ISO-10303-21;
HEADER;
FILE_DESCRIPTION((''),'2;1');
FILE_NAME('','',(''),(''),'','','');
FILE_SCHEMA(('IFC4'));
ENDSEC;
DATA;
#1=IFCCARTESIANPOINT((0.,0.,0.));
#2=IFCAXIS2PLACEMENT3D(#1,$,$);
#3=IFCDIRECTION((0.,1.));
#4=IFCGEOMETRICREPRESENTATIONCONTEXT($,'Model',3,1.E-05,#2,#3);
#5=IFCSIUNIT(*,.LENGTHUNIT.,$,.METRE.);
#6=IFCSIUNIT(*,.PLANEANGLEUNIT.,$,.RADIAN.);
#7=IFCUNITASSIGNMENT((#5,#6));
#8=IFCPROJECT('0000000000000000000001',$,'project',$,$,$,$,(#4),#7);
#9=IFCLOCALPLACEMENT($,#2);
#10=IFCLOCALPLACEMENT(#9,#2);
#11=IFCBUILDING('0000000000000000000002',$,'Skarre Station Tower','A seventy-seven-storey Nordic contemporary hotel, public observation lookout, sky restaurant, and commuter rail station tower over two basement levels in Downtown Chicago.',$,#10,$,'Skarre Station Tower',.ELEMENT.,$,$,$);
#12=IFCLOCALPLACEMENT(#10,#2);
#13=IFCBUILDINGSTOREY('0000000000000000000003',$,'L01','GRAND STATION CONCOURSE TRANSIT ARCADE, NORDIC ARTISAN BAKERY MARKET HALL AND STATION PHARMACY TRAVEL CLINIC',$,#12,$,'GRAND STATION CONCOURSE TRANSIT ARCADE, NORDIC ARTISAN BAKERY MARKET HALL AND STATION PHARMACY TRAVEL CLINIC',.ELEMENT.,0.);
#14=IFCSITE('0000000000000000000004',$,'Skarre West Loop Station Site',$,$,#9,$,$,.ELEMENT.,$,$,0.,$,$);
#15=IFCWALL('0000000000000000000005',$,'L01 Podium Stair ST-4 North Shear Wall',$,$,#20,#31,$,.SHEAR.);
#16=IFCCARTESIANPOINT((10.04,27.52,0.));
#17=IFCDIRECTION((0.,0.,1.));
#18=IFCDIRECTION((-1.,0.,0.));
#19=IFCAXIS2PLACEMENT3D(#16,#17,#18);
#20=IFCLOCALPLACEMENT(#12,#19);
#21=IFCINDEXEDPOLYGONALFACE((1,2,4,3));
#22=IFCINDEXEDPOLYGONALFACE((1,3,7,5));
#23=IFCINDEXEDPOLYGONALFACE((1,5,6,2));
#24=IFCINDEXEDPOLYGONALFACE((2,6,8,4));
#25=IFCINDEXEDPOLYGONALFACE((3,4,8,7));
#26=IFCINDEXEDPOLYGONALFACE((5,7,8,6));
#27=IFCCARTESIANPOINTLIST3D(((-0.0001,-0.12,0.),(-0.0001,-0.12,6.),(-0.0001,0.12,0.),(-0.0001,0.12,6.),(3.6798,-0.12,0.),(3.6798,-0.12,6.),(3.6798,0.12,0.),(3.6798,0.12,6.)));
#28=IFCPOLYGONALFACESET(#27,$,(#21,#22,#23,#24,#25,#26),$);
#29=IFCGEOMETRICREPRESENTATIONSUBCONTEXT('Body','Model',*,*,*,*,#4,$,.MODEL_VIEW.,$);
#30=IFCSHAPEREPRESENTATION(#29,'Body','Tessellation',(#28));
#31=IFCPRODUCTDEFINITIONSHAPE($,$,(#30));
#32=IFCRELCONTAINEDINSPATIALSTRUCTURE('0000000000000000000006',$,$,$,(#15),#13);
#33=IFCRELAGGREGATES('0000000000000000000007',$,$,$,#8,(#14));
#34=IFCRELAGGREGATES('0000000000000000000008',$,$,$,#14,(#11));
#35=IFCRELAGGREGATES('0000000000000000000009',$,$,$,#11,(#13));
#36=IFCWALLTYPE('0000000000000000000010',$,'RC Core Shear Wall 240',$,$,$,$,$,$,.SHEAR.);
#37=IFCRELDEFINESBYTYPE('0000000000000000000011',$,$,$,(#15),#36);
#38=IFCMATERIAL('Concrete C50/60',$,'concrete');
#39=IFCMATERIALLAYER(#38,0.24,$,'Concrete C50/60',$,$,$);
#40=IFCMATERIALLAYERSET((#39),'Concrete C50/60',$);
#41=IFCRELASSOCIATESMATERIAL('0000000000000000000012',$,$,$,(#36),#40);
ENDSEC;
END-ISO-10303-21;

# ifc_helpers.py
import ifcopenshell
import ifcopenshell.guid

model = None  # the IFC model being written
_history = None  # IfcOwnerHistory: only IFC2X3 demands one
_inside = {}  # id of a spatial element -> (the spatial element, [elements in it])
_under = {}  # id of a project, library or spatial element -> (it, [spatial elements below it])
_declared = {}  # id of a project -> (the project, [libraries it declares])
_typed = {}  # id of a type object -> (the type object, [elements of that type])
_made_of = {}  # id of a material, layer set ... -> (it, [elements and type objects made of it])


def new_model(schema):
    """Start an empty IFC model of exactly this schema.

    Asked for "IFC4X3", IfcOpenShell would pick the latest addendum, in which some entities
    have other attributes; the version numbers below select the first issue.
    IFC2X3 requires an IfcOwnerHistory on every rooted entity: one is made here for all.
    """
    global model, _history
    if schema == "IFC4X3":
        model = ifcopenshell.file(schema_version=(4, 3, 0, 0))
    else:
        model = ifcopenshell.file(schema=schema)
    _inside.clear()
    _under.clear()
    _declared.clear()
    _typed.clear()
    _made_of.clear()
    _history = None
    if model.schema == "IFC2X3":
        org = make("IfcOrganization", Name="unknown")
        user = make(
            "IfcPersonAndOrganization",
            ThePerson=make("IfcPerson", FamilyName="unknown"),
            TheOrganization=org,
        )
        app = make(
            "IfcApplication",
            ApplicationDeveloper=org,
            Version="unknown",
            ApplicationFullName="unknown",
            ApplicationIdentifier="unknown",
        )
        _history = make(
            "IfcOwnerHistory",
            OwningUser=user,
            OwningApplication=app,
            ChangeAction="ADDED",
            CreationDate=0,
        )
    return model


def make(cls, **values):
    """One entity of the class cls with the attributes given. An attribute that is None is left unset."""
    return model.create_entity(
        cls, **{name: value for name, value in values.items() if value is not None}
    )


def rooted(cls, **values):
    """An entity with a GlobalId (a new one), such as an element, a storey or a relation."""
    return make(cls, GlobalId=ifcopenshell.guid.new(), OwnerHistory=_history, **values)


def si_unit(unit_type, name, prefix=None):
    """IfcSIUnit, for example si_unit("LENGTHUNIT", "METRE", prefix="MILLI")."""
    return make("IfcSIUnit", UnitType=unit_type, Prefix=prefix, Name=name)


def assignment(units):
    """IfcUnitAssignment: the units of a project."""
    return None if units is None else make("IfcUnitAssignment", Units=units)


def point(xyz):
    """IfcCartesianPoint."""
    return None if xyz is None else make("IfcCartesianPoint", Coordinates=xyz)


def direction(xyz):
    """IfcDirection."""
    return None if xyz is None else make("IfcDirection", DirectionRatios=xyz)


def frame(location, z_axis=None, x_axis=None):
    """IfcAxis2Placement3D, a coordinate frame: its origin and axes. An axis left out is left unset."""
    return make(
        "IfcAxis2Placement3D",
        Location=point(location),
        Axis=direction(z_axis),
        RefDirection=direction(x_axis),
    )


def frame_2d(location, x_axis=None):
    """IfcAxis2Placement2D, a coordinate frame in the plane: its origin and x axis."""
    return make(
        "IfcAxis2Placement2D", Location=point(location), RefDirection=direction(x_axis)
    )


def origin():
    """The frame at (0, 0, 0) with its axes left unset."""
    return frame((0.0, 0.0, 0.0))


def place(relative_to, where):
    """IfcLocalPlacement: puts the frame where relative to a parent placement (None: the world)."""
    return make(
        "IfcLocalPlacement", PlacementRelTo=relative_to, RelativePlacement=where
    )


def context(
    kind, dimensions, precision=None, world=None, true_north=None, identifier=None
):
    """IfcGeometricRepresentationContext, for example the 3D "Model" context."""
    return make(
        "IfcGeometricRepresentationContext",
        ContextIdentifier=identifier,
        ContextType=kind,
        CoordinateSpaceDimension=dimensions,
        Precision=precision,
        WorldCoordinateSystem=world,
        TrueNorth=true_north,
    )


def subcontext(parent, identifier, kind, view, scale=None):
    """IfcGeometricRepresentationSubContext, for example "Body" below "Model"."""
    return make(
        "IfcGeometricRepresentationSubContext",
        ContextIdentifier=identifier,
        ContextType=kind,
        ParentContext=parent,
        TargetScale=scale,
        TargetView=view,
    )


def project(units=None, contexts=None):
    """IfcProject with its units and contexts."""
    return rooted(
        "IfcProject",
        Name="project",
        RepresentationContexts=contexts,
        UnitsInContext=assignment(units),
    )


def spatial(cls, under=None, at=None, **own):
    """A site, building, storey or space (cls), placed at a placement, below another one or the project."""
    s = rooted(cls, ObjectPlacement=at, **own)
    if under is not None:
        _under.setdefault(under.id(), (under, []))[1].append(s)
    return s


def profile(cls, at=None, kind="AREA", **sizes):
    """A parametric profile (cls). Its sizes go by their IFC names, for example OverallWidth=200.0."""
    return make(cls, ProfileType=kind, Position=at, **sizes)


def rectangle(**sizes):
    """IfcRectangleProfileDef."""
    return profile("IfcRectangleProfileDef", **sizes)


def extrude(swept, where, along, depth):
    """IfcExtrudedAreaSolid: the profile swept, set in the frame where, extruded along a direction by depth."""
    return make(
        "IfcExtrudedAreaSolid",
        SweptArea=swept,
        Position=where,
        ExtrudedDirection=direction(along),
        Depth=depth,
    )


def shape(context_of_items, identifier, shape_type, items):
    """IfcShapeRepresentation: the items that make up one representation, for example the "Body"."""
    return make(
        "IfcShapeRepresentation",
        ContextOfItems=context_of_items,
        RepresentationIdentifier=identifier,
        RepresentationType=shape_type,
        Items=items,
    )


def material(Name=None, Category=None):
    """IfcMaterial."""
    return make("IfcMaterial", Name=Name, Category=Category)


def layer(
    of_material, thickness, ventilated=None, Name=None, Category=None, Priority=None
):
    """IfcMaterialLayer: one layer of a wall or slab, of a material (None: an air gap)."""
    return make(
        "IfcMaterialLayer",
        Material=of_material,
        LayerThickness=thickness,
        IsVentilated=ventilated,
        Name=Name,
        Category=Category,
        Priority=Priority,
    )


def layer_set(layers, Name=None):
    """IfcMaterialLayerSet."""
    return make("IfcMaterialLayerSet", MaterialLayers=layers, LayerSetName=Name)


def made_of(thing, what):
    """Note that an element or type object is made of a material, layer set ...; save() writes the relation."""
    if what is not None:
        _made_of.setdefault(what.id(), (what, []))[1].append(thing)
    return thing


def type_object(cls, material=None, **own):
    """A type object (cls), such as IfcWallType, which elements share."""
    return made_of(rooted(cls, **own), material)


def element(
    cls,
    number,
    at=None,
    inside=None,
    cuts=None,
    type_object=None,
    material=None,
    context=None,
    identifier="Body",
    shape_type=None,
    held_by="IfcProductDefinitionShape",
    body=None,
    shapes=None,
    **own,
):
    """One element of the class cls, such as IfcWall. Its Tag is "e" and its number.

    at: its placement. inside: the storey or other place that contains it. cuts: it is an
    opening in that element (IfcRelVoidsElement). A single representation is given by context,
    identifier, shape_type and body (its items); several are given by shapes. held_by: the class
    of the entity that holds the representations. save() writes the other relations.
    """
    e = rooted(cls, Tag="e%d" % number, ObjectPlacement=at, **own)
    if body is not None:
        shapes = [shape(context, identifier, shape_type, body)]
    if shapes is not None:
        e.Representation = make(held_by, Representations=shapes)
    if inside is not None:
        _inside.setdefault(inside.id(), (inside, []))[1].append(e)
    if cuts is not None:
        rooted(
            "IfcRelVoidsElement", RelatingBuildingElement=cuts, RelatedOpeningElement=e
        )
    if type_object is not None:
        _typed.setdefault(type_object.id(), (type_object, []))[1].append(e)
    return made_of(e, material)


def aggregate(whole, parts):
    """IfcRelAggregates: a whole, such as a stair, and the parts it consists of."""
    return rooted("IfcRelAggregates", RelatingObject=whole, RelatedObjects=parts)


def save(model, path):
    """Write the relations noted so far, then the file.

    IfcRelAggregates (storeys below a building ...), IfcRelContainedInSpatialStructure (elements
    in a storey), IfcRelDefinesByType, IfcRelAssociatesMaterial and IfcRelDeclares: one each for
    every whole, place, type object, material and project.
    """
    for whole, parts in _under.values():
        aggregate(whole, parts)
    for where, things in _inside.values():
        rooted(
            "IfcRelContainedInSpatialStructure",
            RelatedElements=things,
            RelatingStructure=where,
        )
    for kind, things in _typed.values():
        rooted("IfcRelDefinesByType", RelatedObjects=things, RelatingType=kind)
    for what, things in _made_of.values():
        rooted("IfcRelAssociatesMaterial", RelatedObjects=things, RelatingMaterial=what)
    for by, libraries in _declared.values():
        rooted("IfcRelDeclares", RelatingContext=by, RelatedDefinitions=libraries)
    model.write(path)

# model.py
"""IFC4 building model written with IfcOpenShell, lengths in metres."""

from ifc_helpers import new_model, si_unit, direction, frame, frame_2d, origin, place, context, subcontext, project, spatial, rectangle, extrude, material, layer, layer_set, type_object, element, save


model = new_model("IFC4")

# Units and contexts
model_context = context("Model", 3, precision=1e-05, world=origin(), true_north=direction((0.0, 1.0)))
body_context = subcontext(model_context, "Body", "Model", "MODEL_VIEW")
ifc_project = project(units=[si_unit("LENGTHUNIT", "METRE"), si_unit("PLANEANGLEUNIT", "RADIAN")], contexts=[model_context])

# Site, building, storey
site_placement = place(None, origin())
site = spatial("IfcSite", under=ifc_project, at=site_placement, Name="Skarre West Loop Station Site", CompositionType="ELEMENT", RefElevation=0.0)
building_placement = place(site_placement, origin())
building = spatial("IfcBuilding", under=site, at=building_placement, Name="Skarre Station Tower", Description="A seventy-seven-storey Nordic contemporary hotel, public observation lookout, sky restaurant, and commuter rail station tower over two basement levels in Downtown Chicago.", LongName="Skarre Station Tower", CompositionType="ELEMENT")
storey_placement = place(building_placement, origin())
storey = spatial("IfcBuildingStorey", under=building, at=storey_placement, Name="L01", Description="GRAND STATION CONCOURSE TRANSIT ARCADE, NORDIC ARTISAN BAKERY MARKET HALL AND STATION PHARMACY TRAVEL CLINIC", LongName="GRAND STATION CONCOURSE TRANSIT ARCADE, NORDIC ARTISAN BAKERY MARKET HALL AND STATION PHARMACY TRAVEL CLINIC", CompositionType="ELEMENT", Elevation=0.0)

# Wall
ifc_material_1 = material(Name="Concrete C50/60", Category="concrete")
ifc_layer_1 = layer(ifc_material_1, 0.24, Name="Concrete C50/60")
ifc_layer_set_1 = layer_set([ifc_layer_1], Name="Concrete C50/60")
wall_type_1 = type_object("IfcWallType", Name="RC Core Shear Wall 240", PredefinedType="SHEAR", material=ifc_layer_set_1)
wall_1_placement = place(storey_placement, frame((10.04, 27.52, 0.0), z_axis=(0.0, 0.0, 1.0), x_axis=(-1.0, 0.0, 0.0)))
element("IfcWall", 1, at=wall_1_placement, inside=storey, type_object=wall_type_1, Name="L01 Podium Stair ST-4 North Shear Wall", PredefinedType="SHEAR", context=body_context, shape_type="SweptSolid", body=[
    extrude(rectangle(XDim=3.6799, YDim=0.24, at=frame_2d((1.8398, 0.0))), origin(), (0.0, 0.0, 1.0), 6.0),
])

save(model, "model.ifc")
